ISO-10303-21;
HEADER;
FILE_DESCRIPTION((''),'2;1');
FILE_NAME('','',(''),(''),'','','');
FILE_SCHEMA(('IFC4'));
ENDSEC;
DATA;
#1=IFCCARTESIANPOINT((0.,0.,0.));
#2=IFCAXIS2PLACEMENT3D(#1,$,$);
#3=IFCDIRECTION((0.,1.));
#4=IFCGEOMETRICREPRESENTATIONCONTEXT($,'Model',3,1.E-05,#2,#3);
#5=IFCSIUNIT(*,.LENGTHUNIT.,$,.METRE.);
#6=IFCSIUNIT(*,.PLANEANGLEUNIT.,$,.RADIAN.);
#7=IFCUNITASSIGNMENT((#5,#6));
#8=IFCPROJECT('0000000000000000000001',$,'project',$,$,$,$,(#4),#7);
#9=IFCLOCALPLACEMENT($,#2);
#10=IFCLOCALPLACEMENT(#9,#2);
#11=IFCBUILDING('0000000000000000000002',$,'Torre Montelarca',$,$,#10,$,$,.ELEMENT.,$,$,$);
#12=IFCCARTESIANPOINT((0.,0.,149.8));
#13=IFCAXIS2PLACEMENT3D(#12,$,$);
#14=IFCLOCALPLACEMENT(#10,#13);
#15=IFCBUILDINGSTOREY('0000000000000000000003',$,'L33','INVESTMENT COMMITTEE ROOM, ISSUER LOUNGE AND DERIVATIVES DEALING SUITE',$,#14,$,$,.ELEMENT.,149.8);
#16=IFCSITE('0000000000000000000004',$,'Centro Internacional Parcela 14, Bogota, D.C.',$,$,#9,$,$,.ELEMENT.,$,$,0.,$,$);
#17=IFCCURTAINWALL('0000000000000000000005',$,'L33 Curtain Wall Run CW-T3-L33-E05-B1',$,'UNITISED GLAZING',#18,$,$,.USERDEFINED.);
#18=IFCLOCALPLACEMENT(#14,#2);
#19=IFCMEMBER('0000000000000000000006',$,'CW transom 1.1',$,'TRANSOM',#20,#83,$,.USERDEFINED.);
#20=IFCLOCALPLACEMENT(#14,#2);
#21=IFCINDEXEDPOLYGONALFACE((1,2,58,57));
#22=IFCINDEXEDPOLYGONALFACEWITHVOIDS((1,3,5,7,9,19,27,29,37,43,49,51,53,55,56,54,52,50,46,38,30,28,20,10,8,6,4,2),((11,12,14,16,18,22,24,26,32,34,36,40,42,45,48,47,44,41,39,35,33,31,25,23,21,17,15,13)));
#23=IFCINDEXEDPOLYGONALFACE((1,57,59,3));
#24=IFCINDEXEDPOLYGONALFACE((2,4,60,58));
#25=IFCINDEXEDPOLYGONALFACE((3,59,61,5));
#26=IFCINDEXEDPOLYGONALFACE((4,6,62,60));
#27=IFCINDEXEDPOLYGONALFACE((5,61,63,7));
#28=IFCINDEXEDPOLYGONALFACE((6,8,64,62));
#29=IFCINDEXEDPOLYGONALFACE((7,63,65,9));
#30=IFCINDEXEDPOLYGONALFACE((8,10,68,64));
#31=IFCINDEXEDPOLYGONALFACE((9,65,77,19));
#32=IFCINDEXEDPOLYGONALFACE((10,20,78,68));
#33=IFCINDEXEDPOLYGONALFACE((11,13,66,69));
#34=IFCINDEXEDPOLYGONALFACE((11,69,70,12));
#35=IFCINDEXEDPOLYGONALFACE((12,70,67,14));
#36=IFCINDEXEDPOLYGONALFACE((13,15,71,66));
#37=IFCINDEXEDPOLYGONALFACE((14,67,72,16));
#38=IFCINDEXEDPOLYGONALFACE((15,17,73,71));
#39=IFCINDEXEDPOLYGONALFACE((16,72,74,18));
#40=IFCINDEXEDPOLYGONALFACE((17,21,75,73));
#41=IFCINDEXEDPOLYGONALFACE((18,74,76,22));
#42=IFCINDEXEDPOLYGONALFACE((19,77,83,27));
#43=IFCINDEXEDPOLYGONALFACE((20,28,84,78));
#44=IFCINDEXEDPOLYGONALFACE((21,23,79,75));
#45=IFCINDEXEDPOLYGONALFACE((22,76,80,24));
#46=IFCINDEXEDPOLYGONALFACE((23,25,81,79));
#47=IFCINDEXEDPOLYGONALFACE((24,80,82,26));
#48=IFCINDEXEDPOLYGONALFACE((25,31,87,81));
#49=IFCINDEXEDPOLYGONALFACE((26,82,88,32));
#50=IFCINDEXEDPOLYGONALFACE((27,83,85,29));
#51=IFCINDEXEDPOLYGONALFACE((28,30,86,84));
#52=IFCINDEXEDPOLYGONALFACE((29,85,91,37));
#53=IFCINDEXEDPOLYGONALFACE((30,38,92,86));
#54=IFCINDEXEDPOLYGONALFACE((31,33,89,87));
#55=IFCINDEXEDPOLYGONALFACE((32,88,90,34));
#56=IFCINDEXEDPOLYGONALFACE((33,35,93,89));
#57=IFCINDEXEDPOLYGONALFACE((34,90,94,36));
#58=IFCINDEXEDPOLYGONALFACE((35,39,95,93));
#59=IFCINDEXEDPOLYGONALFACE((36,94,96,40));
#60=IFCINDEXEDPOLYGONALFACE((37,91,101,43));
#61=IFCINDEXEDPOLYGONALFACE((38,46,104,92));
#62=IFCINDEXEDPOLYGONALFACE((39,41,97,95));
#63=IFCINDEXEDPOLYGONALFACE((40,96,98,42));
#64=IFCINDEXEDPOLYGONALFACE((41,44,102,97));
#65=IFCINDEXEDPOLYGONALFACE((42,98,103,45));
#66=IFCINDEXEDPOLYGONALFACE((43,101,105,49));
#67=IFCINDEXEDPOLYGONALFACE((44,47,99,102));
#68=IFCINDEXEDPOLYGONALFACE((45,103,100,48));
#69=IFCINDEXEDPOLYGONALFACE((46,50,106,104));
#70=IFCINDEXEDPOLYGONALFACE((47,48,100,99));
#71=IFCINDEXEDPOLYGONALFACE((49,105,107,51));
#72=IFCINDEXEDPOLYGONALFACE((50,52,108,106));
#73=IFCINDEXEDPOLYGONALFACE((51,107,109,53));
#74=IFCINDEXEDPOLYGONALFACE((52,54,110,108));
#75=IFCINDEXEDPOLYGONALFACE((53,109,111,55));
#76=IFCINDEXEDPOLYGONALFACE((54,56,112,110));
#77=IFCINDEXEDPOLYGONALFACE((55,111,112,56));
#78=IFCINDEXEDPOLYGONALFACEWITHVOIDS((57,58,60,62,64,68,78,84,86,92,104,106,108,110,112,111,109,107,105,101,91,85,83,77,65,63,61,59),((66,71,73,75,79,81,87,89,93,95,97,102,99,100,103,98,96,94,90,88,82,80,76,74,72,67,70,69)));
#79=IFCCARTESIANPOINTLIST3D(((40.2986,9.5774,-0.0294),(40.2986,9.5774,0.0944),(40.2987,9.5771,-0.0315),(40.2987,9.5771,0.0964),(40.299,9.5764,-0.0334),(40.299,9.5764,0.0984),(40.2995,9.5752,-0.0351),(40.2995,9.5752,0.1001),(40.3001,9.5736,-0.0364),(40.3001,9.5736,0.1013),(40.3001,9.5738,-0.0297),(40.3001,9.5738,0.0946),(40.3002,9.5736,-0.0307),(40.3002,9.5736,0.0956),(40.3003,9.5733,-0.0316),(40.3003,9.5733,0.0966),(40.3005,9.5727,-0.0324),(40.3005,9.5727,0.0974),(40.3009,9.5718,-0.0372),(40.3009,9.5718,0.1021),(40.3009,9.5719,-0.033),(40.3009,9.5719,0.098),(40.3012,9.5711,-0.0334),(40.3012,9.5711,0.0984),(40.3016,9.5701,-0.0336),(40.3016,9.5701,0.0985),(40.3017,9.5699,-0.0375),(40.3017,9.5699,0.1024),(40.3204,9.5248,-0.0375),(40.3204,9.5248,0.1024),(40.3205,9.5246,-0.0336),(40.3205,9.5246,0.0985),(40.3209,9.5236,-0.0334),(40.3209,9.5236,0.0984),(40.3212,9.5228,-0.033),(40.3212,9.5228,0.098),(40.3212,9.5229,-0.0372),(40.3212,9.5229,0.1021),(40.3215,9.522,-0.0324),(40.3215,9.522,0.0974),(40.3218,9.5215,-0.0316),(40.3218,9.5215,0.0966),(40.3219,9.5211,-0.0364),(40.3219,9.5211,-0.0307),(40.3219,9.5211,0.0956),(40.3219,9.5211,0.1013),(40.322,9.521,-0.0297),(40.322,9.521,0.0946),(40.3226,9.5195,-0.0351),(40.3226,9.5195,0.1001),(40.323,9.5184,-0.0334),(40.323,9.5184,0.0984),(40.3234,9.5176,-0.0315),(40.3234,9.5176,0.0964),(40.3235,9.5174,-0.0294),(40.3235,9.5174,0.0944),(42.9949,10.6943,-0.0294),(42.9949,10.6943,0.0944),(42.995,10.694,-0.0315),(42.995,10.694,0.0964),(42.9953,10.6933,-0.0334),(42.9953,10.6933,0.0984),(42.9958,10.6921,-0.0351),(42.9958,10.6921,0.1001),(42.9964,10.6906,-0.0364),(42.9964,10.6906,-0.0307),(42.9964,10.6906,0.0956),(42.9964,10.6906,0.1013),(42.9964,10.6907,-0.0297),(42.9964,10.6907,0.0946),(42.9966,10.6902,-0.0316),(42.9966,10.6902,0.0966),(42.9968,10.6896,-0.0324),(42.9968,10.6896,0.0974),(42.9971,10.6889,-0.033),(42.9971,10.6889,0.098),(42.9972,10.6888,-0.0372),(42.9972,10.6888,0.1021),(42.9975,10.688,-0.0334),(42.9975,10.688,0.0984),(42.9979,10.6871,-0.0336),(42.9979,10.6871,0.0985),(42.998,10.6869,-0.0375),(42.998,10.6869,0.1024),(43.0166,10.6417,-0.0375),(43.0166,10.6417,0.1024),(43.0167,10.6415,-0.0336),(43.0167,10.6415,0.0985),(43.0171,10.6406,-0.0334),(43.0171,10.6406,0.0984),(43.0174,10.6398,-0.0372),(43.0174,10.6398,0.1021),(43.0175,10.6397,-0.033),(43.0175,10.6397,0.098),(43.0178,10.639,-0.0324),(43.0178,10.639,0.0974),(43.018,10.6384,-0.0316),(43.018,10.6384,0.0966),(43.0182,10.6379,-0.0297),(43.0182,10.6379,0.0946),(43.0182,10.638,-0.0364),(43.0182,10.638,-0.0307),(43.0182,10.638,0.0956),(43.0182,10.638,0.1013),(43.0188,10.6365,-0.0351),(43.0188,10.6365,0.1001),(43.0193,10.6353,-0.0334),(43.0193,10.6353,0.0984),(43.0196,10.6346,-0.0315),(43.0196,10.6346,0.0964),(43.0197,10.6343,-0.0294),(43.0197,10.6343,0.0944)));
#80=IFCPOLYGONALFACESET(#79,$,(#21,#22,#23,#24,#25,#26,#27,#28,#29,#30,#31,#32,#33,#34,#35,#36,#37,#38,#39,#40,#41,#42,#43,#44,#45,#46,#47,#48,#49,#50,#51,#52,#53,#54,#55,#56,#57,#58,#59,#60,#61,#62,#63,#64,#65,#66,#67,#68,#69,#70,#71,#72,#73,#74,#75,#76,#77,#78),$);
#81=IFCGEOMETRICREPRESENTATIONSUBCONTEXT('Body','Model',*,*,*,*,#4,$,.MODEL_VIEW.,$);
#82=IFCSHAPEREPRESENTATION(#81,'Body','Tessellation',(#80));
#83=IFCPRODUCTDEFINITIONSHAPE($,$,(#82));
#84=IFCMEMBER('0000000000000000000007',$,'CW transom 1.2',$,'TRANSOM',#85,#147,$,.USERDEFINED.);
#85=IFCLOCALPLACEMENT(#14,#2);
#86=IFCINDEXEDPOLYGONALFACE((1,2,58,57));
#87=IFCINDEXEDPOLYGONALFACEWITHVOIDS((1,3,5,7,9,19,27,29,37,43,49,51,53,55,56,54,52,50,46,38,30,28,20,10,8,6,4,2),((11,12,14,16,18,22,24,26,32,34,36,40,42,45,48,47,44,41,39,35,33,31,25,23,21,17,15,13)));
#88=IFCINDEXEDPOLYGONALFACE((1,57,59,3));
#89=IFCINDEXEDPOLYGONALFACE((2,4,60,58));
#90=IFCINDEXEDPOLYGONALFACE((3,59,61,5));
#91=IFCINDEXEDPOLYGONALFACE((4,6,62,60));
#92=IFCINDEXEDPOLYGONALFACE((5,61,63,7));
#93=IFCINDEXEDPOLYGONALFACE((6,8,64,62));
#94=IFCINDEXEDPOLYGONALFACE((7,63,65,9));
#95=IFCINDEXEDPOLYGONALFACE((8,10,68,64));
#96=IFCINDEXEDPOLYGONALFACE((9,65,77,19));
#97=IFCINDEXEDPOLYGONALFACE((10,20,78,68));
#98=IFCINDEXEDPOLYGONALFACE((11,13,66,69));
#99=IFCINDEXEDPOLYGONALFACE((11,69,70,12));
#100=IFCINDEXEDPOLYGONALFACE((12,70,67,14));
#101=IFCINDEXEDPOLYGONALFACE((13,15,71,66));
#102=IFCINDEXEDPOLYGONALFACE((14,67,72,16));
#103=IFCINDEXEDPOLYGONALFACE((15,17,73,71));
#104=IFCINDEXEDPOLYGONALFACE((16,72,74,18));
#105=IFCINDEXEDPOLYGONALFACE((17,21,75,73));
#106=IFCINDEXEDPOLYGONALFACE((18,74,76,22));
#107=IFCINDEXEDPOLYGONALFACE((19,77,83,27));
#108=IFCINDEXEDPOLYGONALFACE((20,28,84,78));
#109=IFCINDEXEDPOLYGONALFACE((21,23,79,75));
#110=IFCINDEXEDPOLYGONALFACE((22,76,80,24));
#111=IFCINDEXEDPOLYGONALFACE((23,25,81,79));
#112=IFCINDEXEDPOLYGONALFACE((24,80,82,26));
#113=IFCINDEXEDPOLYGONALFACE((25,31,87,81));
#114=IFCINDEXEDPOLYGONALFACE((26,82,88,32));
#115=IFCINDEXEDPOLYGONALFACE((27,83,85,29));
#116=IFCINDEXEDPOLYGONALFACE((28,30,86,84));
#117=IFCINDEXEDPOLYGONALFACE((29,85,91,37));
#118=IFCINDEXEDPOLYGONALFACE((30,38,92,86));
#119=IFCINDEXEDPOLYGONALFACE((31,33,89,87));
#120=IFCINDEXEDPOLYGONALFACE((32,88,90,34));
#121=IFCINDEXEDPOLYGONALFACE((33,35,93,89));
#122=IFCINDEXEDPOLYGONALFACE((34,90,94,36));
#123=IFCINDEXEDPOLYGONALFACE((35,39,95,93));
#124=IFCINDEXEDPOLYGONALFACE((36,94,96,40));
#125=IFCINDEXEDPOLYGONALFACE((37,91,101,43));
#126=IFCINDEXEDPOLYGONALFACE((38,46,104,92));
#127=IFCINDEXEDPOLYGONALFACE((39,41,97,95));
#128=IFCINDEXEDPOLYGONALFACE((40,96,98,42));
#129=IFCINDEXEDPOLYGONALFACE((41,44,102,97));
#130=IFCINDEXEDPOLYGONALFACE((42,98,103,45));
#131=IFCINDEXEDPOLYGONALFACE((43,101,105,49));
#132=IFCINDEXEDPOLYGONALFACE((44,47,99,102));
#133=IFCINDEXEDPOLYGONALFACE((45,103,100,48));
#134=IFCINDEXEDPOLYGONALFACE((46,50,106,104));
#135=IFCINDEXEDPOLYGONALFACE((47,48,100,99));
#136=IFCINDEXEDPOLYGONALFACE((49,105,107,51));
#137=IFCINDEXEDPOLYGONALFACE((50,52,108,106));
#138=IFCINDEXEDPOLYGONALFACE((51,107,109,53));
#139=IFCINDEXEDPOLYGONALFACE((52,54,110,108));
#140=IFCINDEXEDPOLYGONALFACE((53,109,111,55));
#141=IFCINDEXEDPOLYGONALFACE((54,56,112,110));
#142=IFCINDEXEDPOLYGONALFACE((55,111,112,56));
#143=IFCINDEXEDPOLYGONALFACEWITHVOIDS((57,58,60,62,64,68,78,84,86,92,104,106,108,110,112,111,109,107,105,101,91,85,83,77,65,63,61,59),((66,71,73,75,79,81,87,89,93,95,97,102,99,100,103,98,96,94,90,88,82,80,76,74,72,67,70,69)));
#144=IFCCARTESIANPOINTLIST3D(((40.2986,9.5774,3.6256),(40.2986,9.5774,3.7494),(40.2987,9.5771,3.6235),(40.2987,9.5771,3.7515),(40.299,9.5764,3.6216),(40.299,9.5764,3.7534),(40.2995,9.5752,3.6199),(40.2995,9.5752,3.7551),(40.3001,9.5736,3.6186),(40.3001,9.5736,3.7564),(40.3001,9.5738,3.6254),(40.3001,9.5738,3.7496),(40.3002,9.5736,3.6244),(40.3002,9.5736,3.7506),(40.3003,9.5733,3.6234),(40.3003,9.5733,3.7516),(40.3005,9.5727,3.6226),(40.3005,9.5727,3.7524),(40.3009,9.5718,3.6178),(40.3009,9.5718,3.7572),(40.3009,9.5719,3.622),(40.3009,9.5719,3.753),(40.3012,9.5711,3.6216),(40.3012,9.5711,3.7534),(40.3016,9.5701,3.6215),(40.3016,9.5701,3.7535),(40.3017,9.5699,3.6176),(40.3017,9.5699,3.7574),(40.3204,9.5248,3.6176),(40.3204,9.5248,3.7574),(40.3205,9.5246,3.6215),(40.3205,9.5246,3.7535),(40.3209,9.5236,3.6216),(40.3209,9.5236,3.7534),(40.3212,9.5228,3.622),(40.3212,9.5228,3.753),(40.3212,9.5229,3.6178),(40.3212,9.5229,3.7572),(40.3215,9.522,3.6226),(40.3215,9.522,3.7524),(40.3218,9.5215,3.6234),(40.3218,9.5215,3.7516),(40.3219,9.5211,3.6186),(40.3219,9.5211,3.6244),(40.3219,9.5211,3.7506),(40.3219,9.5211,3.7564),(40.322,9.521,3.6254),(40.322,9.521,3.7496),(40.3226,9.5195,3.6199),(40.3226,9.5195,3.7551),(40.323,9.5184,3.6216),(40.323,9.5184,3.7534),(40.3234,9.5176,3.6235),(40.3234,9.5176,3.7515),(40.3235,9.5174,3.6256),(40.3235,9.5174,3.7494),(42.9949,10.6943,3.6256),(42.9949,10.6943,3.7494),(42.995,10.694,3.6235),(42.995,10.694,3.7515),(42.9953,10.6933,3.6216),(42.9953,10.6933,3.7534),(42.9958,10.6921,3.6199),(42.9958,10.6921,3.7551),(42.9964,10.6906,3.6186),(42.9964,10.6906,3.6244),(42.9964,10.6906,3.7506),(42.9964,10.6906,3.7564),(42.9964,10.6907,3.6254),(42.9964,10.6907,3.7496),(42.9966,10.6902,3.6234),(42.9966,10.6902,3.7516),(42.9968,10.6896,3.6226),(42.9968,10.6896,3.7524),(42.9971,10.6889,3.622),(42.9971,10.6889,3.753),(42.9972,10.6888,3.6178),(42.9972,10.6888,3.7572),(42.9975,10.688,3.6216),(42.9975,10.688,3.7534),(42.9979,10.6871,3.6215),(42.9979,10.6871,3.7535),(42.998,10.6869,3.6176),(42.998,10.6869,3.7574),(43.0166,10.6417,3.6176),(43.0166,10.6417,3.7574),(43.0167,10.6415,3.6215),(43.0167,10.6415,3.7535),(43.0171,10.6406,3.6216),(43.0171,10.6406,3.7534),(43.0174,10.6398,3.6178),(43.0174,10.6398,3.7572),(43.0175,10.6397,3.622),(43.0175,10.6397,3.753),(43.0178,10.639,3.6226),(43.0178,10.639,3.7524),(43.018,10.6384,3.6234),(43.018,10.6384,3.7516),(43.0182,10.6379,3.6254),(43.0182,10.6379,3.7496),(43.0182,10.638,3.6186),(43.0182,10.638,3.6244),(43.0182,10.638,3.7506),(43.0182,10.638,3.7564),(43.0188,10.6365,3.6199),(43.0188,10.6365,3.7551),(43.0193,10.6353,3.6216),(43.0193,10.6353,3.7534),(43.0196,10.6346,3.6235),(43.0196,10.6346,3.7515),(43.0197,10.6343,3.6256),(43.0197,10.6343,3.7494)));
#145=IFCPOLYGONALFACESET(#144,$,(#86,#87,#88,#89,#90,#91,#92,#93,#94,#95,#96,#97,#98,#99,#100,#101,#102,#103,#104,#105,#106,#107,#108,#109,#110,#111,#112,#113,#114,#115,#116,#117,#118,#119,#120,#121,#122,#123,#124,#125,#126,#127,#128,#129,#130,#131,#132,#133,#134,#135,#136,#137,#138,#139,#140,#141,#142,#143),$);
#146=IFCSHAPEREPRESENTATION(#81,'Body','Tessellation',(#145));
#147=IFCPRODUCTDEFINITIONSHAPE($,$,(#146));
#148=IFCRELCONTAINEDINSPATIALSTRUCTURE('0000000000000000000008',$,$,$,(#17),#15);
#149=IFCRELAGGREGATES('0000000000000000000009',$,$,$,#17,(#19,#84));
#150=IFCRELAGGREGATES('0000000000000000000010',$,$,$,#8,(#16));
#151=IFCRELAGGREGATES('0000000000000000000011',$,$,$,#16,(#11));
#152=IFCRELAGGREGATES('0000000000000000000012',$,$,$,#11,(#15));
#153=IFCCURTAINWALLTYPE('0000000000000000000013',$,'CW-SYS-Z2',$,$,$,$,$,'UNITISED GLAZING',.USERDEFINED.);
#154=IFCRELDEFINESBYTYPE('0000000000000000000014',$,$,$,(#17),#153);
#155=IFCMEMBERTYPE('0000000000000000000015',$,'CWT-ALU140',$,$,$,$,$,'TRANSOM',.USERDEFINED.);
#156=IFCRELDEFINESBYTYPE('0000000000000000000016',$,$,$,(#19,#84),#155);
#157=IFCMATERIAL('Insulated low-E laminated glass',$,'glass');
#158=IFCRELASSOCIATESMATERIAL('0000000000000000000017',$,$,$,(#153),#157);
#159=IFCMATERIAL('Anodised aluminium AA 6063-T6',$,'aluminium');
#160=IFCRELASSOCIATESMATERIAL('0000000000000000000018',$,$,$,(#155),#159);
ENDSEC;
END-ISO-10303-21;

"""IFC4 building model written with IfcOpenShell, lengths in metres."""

from ifc_helpers import new_model, si_unit, direction, frame, origin, origin_2d, place, context, subcontext, project, spatial, hollow_rectangle, extrude, source, transform, mapped, material, material_profile, profile_set, type_object, element, aggregate, save


model = new_model("IFC4")

# Units and contexts
model_context = context("Model", 3, precision=1e-05, world=origin(), true_north=direction((0.0, 1.0)))
body_context = subcontext(model_context, "Body", "Model", "MODEL_VIEW")
ifc_project = project(units=[si_unit("LENGTHUNIT", "METRE"), si_unit("PLANEANGLEUNIT", "RADIAN")], contexts=[model_context])

# Site, building, storey
site_placement = place(None, origin())
site = spatial("IfcSite", under=ifc_project, at=site_placement, Name="Centro Internacional Parcela 14, Bogota, D.C.", CompositionType="ELEMENT", RefElevation=0.0)
building_placement = place(site_placement, origin())
building = spatial("IfcBuilding", under=site, at=building_placement, Name="Torre Montelarca", CompositionType="ELEMENT")
storey_placement = place(building_placement, frame((0.0, 0.0, 149.8)))
storey = spatial("IfcBuildingStorey", under=building, at=storey_placement, Name="L33", Description="INVESTMENT COMMITTEE ROOM, ISSUER LOUNGE AND DERIVATIVES DEALING SUITE", CompositionType="ELEMENT", Elevation=149.8)

# Curtain wall, members
ifc_material_1 = material(Name="Insulated low-E laminated glass", Category="glass")
curtain_wall_type = type_object("IfcCurtainWallType", Name="CW-SYS-Z2", ElementType="UNITISED GLAZING", PredefinedType="USERDEFINED", material=ifc_material_1)
curtain_wall_1_placement = place(storey_placement, origin())
curtain_wall_1 = element("IfcCurtainWall", 1, at=curtain_wall_1_placement, inside=storey, type_object=curtain_wall_type, Name="L33 Curtain Wall Run CW-T3-L33-E05-B1", ObjectType="UNITISED GLAZING", PredefinedType="USERDEFINED")
ifc_material_2 = material(Name="Anodised aluminium AA 6063-T6", Category="aluminium")
ifc_material_profile_1 = material_profile(ifc_material_2, hollow_rectangle(XDim=0.0649, YDim=0.1399, WallThickness=0.0039, InnerFilletRadius=0.0039, OuterFilletRadius=0.0081, at=origin_2d()), Name="ALU65X140X4", Category="aluminium")
ifc_profile_set_1 = profile_set([ifc_material_profile_1], Name="Anodised aluminium AA 6063-T6")
member_type_1 = type_object("IfcMemberType", Name="CWT-ALU140", ElementType="TRANSOM", PredefinedType="USERDEFINED", material=ifc_profile_set_1)
shared_shape_1 = source(origin(), body_context, "Body", "SweptSolid", [
    extrude(hollow_rectangle(XDim=0.0649, YDim=0.1399, WallThickness=0.0039, InnerFilletRadius=0.0039, OuterFilletRadius=0.0081, at=origin_2d()), origin(), (0.0, 0.0, 1.0), 2.9185),
])
member_1_placement = place(storey_placement, frame((40.311, 9.5474, 0.0325), z_axis=(0.923867, 0.382714, 0.0), x_axis=(-0.382714, 0.923867, 0.0)))
member_1 = element("IfcMember", 2, at=member_1_placement, type_object=member_type_1, Name="CW transom 1.1", ObjectType="TRANSOM", PredefinedType="USERDEFINED", context=body_context, shape_type="MappedRepresentation", body=[
    mapped(shared_shape_1, transform((0.0, 0.0, 0.0), scale=1.0)),
])
member_2_placement = place(storey_placement, frame((40.311, 9.5474, 3.6875), z_axis=(0.923867, 0.382714, 0.0), x_axis=(-0.382714, 0.923867, 0.0)))
member_2 = element("IfcMember", 3, at=member_2_placement, type_object=member_type_1, Name="CW transom 1.2", ObjectType="TRANSOM", PredefinedType="USERDEFINED", context=body_context, shape_type="MappedRepresentation", body=[
    mapped(shared_shape_1, transform((0.0, 0.0, 0.0), scale=1.0)),
])

aggregate(curtain_wall_1, [member_1, member_2])

save(model, "model.ifc")
